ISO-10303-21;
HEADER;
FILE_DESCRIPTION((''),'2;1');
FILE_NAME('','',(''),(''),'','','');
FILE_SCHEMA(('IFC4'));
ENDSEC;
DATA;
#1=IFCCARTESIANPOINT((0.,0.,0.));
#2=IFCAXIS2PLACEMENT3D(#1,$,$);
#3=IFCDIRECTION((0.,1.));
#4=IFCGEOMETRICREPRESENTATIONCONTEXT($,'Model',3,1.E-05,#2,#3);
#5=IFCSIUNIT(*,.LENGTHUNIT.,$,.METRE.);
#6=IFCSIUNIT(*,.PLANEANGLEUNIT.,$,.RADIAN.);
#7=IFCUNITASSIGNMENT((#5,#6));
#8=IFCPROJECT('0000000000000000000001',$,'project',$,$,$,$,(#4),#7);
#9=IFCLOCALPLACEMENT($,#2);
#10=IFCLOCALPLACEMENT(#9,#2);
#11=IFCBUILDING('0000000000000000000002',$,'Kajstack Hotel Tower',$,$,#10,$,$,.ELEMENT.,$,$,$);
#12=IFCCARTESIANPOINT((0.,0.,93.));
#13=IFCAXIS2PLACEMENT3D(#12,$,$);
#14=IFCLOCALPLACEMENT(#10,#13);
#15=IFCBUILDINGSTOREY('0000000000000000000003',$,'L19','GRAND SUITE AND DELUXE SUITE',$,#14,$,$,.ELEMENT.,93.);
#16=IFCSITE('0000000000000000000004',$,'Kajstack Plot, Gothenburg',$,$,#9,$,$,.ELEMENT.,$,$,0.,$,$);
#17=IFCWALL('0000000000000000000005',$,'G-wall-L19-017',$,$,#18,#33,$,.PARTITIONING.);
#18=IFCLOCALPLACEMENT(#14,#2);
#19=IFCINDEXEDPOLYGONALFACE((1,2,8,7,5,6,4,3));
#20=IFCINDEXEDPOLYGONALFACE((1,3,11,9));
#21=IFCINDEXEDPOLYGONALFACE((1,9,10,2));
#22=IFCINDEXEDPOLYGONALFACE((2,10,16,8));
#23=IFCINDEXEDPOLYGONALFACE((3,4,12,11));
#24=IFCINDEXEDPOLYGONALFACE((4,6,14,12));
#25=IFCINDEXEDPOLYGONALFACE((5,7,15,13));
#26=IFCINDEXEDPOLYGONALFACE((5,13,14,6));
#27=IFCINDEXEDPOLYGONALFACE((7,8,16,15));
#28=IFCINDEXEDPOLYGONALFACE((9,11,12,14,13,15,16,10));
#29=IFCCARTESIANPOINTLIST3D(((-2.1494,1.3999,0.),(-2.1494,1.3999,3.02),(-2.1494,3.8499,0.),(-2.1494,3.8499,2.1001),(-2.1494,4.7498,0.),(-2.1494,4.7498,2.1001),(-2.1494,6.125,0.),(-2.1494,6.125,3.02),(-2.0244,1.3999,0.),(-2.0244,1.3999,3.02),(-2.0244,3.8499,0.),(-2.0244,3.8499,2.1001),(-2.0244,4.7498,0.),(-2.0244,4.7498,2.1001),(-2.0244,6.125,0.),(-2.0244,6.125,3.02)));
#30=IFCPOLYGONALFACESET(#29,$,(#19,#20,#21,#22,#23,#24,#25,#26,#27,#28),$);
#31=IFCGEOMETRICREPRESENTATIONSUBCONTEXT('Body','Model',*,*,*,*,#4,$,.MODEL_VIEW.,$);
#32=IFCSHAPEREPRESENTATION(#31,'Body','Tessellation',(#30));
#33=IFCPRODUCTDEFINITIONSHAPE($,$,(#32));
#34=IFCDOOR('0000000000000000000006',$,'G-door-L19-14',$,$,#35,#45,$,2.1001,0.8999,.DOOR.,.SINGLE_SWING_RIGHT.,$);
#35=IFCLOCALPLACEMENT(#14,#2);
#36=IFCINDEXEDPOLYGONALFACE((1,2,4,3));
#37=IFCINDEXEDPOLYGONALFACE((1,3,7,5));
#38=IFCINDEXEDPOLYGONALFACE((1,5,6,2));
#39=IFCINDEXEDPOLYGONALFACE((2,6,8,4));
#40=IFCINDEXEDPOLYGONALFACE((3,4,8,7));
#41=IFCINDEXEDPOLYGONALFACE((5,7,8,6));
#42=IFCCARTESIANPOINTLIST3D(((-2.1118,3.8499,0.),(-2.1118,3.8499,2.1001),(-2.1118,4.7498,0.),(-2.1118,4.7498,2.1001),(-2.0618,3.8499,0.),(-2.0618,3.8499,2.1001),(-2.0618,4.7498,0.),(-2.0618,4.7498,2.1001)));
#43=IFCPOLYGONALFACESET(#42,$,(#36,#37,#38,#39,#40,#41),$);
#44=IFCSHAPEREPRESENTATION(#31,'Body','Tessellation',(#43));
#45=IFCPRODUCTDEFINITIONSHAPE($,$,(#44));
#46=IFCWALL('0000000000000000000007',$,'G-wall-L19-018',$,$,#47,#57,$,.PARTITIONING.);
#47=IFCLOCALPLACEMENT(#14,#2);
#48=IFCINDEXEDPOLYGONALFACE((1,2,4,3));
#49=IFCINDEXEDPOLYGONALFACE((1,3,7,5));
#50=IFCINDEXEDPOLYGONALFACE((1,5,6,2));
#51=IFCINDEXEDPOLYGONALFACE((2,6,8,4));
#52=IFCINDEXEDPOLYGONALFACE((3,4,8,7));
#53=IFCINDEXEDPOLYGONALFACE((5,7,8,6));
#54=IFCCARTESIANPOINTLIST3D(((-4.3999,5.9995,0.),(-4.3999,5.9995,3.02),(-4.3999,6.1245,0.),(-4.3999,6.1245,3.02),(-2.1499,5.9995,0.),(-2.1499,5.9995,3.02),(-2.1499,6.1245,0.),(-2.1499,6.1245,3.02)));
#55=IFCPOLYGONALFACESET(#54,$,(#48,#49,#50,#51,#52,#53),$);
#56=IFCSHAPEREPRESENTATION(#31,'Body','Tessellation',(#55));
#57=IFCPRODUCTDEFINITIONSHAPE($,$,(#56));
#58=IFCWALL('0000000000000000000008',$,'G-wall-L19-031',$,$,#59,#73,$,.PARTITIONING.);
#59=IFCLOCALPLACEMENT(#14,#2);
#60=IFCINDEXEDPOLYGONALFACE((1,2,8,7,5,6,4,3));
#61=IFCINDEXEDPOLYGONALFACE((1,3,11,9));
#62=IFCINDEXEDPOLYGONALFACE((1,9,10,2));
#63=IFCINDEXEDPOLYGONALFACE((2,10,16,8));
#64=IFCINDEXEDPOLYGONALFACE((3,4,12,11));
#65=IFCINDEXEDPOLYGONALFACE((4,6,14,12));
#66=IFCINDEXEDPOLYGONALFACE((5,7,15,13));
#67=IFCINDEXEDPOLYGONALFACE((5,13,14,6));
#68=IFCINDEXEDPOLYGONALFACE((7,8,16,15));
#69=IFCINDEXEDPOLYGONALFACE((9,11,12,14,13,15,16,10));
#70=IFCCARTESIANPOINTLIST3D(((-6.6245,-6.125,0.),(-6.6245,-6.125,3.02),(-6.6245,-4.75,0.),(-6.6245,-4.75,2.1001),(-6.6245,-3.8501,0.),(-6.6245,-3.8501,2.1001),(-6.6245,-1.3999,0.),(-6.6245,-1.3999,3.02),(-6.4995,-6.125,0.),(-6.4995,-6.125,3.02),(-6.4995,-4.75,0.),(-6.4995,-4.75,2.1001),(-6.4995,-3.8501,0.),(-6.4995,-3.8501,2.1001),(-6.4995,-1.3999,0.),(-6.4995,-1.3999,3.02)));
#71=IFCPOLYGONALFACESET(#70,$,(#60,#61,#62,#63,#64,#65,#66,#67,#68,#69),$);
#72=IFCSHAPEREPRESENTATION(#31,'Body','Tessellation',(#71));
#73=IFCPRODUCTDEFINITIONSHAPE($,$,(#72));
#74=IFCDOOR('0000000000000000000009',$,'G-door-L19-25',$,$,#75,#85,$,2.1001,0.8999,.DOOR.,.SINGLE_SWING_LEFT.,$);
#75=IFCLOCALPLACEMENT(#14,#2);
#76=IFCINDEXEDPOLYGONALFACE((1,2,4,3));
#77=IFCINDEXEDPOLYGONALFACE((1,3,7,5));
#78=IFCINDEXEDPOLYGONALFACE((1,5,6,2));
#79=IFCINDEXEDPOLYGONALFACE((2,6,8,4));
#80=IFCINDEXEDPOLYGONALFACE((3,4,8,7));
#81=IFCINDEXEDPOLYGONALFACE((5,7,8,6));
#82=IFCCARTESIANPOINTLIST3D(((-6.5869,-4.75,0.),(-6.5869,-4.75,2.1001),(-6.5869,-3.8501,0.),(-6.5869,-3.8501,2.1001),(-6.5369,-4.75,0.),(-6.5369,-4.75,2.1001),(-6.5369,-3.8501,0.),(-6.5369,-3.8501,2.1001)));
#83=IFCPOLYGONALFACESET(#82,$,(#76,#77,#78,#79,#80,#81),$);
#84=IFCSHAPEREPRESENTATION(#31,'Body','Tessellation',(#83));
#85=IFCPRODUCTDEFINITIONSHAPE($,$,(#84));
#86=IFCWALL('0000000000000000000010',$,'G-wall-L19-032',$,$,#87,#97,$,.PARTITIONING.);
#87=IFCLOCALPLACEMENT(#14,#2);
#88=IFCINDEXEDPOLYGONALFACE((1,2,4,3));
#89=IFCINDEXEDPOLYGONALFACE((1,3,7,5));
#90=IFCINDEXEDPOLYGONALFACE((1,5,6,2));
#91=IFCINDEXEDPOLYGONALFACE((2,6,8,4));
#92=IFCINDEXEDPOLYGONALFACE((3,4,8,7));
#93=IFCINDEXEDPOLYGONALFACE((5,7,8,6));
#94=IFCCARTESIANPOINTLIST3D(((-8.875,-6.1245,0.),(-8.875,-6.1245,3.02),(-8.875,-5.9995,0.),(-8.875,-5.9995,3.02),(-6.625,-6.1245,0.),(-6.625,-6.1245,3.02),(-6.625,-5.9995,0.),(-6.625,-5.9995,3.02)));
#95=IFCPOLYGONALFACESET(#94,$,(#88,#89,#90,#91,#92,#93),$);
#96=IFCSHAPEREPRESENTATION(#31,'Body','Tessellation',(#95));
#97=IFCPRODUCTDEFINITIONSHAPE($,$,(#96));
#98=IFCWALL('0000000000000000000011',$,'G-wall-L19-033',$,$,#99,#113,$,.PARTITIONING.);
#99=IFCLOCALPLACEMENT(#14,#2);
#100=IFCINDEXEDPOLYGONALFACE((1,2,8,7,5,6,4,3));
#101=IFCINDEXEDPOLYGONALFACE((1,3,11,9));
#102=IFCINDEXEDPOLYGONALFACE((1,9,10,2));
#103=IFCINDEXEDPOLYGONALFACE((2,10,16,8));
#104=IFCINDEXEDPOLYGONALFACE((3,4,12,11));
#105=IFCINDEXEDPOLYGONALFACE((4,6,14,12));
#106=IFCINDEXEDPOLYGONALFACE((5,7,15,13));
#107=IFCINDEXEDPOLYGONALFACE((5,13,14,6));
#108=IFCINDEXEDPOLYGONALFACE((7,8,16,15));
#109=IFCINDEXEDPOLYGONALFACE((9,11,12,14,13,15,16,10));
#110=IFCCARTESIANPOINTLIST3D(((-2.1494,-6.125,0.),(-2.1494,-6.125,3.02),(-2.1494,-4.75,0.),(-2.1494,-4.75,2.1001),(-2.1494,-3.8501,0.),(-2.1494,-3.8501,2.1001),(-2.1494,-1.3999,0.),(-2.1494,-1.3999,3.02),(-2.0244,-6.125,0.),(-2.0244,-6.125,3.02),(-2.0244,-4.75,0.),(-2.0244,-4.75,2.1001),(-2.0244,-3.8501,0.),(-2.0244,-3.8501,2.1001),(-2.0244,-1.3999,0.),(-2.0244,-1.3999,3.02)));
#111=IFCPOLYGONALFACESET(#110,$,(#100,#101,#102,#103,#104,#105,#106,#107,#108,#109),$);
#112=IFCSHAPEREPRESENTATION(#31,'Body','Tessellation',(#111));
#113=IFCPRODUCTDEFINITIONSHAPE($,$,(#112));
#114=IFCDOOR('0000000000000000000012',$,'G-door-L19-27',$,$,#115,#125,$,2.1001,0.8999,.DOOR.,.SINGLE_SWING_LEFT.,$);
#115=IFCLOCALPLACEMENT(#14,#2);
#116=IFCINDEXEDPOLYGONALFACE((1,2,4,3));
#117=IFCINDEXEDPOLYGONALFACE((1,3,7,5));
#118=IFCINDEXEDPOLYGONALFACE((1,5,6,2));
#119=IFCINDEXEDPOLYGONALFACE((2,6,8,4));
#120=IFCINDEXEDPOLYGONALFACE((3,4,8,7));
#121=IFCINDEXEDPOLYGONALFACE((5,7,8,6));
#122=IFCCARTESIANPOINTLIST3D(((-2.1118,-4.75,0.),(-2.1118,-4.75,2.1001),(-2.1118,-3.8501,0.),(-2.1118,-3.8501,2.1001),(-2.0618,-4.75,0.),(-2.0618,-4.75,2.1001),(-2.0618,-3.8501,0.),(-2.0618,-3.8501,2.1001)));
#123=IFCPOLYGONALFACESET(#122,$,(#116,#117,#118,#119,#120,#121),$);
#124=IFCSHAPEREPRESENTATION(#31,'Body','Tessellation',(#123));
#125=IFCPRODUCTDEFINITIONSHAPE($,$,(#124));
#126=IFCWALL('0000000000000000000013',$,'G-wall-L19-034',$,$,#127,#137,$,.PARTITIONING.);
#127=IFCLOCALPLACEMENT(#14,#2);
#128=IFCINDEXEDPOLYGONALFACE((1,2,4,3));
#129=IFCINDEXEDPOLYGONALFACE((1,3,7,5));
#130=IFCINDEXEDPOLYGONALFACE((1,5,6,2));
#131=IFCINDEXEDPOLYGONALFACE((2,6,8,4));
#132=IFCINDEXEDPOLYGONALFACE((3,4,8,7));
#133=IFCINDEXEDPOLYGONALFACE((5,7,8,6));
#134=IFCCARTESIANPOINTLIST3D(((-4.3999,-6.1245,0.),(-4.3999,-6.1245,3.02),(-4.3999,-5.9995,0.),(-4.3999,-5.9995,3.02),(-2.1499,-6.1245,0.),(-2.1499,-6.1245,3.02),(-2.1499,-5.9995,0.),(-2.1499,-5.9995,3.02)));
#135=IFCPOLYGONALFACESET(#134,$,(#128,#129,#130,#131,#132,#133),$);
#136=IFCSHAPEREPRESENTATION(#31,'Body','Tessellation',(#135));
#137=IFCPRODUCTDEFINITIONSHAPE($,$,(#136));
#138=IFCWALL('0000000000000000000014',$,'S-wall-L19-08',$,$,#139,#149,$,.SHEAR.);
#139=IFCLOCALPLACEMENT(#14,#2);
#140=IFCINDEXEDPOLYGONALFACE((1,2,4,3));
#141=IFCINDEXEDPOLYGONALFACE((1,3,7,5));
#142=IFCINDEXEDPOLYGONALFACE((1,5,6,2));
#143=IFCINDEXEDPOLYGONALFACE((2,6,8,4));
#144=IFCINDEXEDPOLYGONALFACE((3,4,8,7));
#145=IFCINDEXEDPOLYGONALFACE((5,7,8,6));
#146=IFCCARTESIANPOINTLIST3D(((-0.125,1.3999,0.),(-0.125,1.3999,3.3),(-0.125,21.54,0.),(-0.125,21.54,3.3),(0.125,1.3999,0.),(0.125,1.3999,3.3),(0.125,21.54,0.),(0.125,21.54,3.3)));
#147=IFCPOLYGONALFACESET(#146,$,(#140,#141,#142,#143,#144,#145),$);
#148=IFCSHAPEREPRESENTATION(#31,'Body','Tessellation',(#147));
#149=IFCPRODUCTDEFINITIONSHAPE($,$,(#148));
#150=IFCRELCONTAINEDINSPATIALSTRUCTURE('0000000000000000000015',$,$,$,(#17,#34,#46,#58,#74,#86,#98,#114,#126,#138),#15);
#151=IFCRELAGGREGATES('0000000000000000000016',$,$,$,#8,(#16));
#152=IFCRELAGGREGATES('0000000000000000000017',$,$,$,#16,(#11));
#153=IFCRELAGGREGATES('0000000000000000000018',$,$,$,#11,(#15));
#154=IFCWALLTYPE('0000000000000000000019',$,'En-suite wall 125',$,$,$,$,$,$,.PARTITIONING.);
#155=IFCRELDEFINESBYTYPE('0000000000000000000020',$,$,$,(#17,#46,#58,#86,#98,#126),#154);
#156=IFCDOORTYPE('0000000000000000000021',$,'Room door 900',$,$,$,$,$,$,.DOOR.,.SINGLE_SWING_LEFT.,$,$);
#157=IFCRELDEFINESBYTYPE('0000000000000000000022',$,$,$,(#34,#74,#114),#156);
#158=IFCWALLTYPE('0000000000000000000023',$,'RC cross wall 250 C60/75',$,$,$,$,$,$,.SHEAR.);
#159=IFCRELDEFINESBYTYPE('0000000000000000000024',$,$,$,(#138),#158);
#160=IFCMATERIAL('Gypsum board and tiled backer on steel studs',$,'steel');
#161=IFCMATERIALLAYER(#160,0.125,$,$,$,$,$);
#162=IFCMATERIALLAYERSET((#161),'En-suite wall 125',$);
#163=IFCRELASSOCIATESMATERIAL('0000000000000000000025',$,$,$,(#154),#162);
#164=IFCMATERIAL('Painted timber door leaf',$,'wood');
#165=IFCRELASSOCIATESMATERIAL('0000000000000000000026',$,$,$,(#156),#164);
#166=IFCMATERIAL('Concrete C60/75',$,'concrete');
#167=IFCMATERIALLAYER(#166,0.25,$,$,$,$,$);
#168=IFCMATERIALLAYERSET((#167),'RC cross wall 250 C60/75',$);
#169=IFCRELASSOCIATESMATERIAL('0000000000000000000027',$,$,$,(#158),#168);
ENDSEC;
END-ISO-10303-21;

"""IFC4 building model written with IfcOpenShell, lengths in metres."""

from ifc_helpers import new_model, si_unit, direction, frame, frame_2d, origin, place, context, subcontext, project, spatial, rectangle, extrude, material, layer, layer_set, type_object, element, fill, save


model = new_model("IFC4")

# Units and contexts
model_context = context("Model", 3, precision=1e-05, world=origin(), true_north=direction((0.0, 1.0)))
body_context = subcontext(model_context, "Body", "Model", "MODEL_VIEW")
ifc_project = project(units=[si_unit("LENGTHUNIT", "METRE"), si_unit("PLANEANGLEUNIT", "RADIAN")], contexts=[model_context])

# Site, building, storey
site_placement = place(None, origin())
site = spatial("IfcSite", under=ifc_project, at=site_placement, Name="Kajstack Plot, Gothenburg", CompositionType="ELEMENT", RefElevation=0.0)
building_placement = place(site_placement, origin())
building = spatial("IfcBuilding", under=site, at=building_placement, Name="Kajstack Hotel Tower", CompositionType="ELEMENT")
storey_placement = place(building_placement, frame((0.0, 0.0, 93.0)))
storey = spatial("IfcBuildingStorey", under=building, at=storey_placement, Name="L19", Description="GRAND SUITE AND DELUXE SUITE", CompositionType="ELEMENT", Elevation=93.0)

# Shared definitions
ifc_material_1 = material(Name="Gypsum board and tiled backer on steel studs", Category="steel")
ifc_layer_1 = layer(ifc_material_1, 0.125)
ifc_layer_set_1 = layer_set([ifc_layer_1], Name="En-suite wall 125")
wall_type_1 = type_object("IfcWallType", Name="En-suite wall 125", PredefinedType="PARTITIONING", material=ifc_layer_set_1)
ifc_material_2 = material(Name="Painted timber door leaf", Category="wood")
door_type = type_object("IfcDoorType", Name="Room door 900", OperationType="SINGLE_SWING_LEFT", PredefinedType="DOOR", material=ifc_material_2)

# Wall, opening, door
wall_1_placement = place(storey_placement, frame((-2.0869, 1.3999, 0.0), z_axis=(0.0, 0.0, 1.0), x_axis=(0.0, 1.0, 0.0)))
wall_1 = element("IfcWall", 1, at=wall_1_placement, inside=storey, type_object=wall_type_1, Name="G-wall-L19-017", PredefinedType="PARTITIONING", context=body_context, shape_type="SweptSolid", body=[
    extrude(rectangle(XDim=4.7251, YDim=0.125, at=frame_2d((2.3625, 0.0))), origin(), (0.0, 0.0, 1.0), 3.02),
])
opening_1_placement = place(wall_1_placement, frame((2.45, 0.0, 0.0)))
opening_1 = element("IfcOpeningElement", 2, at=opening_1_placement, cuts=wall_1, PredefinedType="OPENING", context=body_context, shape_type="SweptSolid", body=[
    extrude(rectangle(XDim=0.8999, YDim=2.1001, at=frame_2d((0.45, 1.05))), frame((0.0, 0.0725, 0.0), z_axis=(0.0, -1.0, 0.0), x_axis=(1.0, 0.0, 0.0)), (0.0, 0.0, 1.0), 0.145),
])
door_1_placement = place(opening_1_placement, origin())
door_1 = element("IfcDoor", 3, at=door_1_placement, inside=storey, type_object=door_type, Name="G-door-L19-14", OperationType="SINGLE_SWING_RIGHT", OverallHeight=2.1001, OverallWidth=0.8999, PredefinedType="DOOR", context=body_context, shape_type="SweptSolid", body=[
    extrude(rectangle(XDim=0.8999, YDim=2.1001, at=frame_2d((0.45, 1.05))), frame((0.0, 0.0249, 0.0), z_axis=(0.0, -1.0, 0.0), x_axis=(1.0, 0.0, 0.0)), (0.0, 0.0, 1.0), 0.05),
])
fill(opening_1, door_1)

# Wall
wall_2_placement = place(storey_placement, frame((-4.3999, 6.062, 0.0), z_axis=(0.0, 0.0, 1.0), x_axis=(1.0, 0.0, 0.0)))
element("IfcWall", 4, at=wall_2_placement, inside=storey, type_object=wall_type_1, Name="G-wall-L19-018", PredefinedType="PARTITIONING", context=body_context, shape_type="SweptSolid", body=[
    extrude(rectangle(XDim=2.25, YDim=0.125, at=frame_2d((1.125, 0.0))), origin(), (0.0, 0.0, 1.0), 3.02),
])

# Wall, opening, door
wall_3_placement = place(storey_placement, frame((-6.562, -6.125, 0.0), z_axis=(0.0, 0.0, 1.0), x_axis=(0.0, 1.0, 0.0)))
wall_3 = element("IfcWall", 5, at=wall_3_placement, inside=storey, type_object=wall_type_1, Name="G-wall-L19-031", PredefinedType="PARTITIONING", context=body_context, shape_type="SweptSolid", body=[
    extrude(rectangle(XDim=4.7251, YDim=0.125, at=frame_2d((2.3625, 0.0))), origin(), (0.0, 0.0, 1.0), 3.02),
])
opening_2_placement = place(wall_3_placement, frame((1.375, 0.0, 0.0)))
opening_2 = element("IfcOpeningElement", 6, at=opening_2_placement, cuts=wall_3, PredefinedType="OPENING", context=body_context, shape_type="SweptSolid", body=[
    extrude(rectangle(XDim=0.8999, YDim=2.1001, at=frame_2d((0.45, 1.05))), frame((0.0, 0.0725, 0.0), z_axis=(0.0, -1.0, 0.0), x_axis=(1.0, 0.0, 0.0)), (0.0, 0.0, 1.0), 0.145),
])
door_2_placement = place(opening_2_placement, origin())
door_2 = element("IfcDoor", 7, at=door_2_placement, inside=storey, type_object=door_type, Name="G-door-L19-25", OperationType="SINGLE_SWING_LEFT", OverallHeight=2.1001, OverallWidth=0.8999, PredefinedType="DOOR", context=body_context, shape_type="SweptSolid", body=[
    extrude(rectangle(XDim=0.8999, YDim=2.1001, at=frame_2d((0.45, 1.05))), frame((0.0, 0.0249, 0.0), z_axis=(0.0, -1.0, 0.0), x_axis=(1.0, 0.0, 0.0)), (0.0, 0.0, 1.0), 0.05),
])
fill(opening_2, door_2)

# Wall
wall_4_placement = place(storey_placement, frame((-8.875, -6.062, 0.0), z_axis=(0.0, 0.0, 1.0), x_axis=(1.0, 0.0, 0.0)))
element("IfcWall", 8, at=wall_4_placement, inside=storey, type_object=wall_type_1, Name="G-wall-L19-032", PredefinedType="PARTITIONING", context=body_context, shape_type="SweptSolid", body=[
    extrude(rectangle(XDim=2.25, YDim=0.125, at=frame_2d((1.125, 0.0))), origin(), (0.0, 0.0, 1.0), 3.02),
])

# Wall, opening, door
wall_5_placement = place(storey_placement, frame((-2.0869, -6.125, 0.0), z_axis=(0.0, 0.0, 1.0), x_axis=(0.0, 1.0, 0.0)))
wall_5 = element("IfcWall", 9, at=wall_5_placement, inside=storey, type_object=wall_type_1, Name="G-wall-L19-033", PredefinedType="PARTITIONING", context=body_context, shape_type="SweptSolid", body=[
    extrude(rectangle(XDim=4.7251, YDim=0.125, at=frame_2d((2.3625, 0.0))), origin(), (0.0, 0.0, 1.0), 3.02),
])
opening_3_placement = place(wall_5_placement, frame((1.375, 0.0, 0.0)))
opening_3 = element("IfcOpeningElement", 10, at=opening_3_placement, cuts=wall_5, PredefinedType="OPENING", context=body_context, shape_type="SweptSolid", body=[
    extrude(rectangle(XDim=0.8999, YDim=2.1001, at=frame_2d((0.45, 1.05))), frame((0.0, 0.0725, 0.0), z_axis=(0.0, -1.0, 0.0), x_axis=(1.0, 0.0, 0.0)), (0.0, 0.0, 1.0), 0.145),
])
door_3_placement = place(opening_3_placement, origin())
door_3 = element("IfcDoor", 11, at=door_3_placement, inside=storey, type_object=door_type, Name="G-door-L19-27", OperationType="SINGLE_SWING_LEFT", OverallHeight=2.1001, OverallWidth=0.8999, PredefinedType="DOOR", context=body_context, shape_type="SweptSolid", body=[
    extrude(rectangle(XDim=0.8999, YDim=2.1001, at=frame_2d((0.45, 1.05))), frame((0.0, 0.0249, 0.0), z_axis=(0.0, -1.0, 0.0), x_axis=(1.0, 0.0, 0.0)), (0.0, 0.0, 1.0), 0.05),
])
fill(opening_3, door_3)

# Walls
wall_6_placement = place(storey_placement, frame((-4.3999, -6.062, 0.0), z_axis=(0.0, 0.0, 1.0), x_axis=(1.0, 0.0, 0.0)))
element("IfcWall", 12, at=wall_6_placement, inside=storey, type_object=wall_type_1, Name="G-wall-L19-034", PredefinedType="PARTITIONING", context=body_context, shape_type="SweptSolid", body=[
    extrude(rectangle(XDim=2.25, YDim=0.125, at=frame_2d((1.125, 0.0))), origin(), (0.0, 0.0, 1.0), 3.02),
])
ifc_material_3 = material(Name="Concrete C60/75", Category="concrete")
ifc_layer_2 = layer(ifc_material_3, 0.25)
ifc_layer_set_2 = layer_set([ifc_layer_2], Name="RC cross wall 250 C60/75")
wall_type_2 = type_object("IfcWallType", Name="RC cross wall 250 C60/75", PredefinedType="SHEAR", material=ifc_layer_set_2)
wall_7_placement = place(storey_placement, frame((0.0, 1.3999, 0.0), z_axis=(0.0, 0.0, 1.0), x_axis=(0.0, 1.0, 0.0)))
element("IfcWall", 13, at=wall_7_placement, inside=storey, type_object=wall_type_2, Name="S-wall-L19-08", PredefinedType="SHEAR", context=body_context, shape_type="SweptSolid", body=[
    extrude(rectangle(XDim=20.1401, YDim=0.25, at=frame_2d((10.0701, 0.0))), origin(), (0.0, 0.0, 1.0), 3.3),
])

save(model, "model.ifc")
